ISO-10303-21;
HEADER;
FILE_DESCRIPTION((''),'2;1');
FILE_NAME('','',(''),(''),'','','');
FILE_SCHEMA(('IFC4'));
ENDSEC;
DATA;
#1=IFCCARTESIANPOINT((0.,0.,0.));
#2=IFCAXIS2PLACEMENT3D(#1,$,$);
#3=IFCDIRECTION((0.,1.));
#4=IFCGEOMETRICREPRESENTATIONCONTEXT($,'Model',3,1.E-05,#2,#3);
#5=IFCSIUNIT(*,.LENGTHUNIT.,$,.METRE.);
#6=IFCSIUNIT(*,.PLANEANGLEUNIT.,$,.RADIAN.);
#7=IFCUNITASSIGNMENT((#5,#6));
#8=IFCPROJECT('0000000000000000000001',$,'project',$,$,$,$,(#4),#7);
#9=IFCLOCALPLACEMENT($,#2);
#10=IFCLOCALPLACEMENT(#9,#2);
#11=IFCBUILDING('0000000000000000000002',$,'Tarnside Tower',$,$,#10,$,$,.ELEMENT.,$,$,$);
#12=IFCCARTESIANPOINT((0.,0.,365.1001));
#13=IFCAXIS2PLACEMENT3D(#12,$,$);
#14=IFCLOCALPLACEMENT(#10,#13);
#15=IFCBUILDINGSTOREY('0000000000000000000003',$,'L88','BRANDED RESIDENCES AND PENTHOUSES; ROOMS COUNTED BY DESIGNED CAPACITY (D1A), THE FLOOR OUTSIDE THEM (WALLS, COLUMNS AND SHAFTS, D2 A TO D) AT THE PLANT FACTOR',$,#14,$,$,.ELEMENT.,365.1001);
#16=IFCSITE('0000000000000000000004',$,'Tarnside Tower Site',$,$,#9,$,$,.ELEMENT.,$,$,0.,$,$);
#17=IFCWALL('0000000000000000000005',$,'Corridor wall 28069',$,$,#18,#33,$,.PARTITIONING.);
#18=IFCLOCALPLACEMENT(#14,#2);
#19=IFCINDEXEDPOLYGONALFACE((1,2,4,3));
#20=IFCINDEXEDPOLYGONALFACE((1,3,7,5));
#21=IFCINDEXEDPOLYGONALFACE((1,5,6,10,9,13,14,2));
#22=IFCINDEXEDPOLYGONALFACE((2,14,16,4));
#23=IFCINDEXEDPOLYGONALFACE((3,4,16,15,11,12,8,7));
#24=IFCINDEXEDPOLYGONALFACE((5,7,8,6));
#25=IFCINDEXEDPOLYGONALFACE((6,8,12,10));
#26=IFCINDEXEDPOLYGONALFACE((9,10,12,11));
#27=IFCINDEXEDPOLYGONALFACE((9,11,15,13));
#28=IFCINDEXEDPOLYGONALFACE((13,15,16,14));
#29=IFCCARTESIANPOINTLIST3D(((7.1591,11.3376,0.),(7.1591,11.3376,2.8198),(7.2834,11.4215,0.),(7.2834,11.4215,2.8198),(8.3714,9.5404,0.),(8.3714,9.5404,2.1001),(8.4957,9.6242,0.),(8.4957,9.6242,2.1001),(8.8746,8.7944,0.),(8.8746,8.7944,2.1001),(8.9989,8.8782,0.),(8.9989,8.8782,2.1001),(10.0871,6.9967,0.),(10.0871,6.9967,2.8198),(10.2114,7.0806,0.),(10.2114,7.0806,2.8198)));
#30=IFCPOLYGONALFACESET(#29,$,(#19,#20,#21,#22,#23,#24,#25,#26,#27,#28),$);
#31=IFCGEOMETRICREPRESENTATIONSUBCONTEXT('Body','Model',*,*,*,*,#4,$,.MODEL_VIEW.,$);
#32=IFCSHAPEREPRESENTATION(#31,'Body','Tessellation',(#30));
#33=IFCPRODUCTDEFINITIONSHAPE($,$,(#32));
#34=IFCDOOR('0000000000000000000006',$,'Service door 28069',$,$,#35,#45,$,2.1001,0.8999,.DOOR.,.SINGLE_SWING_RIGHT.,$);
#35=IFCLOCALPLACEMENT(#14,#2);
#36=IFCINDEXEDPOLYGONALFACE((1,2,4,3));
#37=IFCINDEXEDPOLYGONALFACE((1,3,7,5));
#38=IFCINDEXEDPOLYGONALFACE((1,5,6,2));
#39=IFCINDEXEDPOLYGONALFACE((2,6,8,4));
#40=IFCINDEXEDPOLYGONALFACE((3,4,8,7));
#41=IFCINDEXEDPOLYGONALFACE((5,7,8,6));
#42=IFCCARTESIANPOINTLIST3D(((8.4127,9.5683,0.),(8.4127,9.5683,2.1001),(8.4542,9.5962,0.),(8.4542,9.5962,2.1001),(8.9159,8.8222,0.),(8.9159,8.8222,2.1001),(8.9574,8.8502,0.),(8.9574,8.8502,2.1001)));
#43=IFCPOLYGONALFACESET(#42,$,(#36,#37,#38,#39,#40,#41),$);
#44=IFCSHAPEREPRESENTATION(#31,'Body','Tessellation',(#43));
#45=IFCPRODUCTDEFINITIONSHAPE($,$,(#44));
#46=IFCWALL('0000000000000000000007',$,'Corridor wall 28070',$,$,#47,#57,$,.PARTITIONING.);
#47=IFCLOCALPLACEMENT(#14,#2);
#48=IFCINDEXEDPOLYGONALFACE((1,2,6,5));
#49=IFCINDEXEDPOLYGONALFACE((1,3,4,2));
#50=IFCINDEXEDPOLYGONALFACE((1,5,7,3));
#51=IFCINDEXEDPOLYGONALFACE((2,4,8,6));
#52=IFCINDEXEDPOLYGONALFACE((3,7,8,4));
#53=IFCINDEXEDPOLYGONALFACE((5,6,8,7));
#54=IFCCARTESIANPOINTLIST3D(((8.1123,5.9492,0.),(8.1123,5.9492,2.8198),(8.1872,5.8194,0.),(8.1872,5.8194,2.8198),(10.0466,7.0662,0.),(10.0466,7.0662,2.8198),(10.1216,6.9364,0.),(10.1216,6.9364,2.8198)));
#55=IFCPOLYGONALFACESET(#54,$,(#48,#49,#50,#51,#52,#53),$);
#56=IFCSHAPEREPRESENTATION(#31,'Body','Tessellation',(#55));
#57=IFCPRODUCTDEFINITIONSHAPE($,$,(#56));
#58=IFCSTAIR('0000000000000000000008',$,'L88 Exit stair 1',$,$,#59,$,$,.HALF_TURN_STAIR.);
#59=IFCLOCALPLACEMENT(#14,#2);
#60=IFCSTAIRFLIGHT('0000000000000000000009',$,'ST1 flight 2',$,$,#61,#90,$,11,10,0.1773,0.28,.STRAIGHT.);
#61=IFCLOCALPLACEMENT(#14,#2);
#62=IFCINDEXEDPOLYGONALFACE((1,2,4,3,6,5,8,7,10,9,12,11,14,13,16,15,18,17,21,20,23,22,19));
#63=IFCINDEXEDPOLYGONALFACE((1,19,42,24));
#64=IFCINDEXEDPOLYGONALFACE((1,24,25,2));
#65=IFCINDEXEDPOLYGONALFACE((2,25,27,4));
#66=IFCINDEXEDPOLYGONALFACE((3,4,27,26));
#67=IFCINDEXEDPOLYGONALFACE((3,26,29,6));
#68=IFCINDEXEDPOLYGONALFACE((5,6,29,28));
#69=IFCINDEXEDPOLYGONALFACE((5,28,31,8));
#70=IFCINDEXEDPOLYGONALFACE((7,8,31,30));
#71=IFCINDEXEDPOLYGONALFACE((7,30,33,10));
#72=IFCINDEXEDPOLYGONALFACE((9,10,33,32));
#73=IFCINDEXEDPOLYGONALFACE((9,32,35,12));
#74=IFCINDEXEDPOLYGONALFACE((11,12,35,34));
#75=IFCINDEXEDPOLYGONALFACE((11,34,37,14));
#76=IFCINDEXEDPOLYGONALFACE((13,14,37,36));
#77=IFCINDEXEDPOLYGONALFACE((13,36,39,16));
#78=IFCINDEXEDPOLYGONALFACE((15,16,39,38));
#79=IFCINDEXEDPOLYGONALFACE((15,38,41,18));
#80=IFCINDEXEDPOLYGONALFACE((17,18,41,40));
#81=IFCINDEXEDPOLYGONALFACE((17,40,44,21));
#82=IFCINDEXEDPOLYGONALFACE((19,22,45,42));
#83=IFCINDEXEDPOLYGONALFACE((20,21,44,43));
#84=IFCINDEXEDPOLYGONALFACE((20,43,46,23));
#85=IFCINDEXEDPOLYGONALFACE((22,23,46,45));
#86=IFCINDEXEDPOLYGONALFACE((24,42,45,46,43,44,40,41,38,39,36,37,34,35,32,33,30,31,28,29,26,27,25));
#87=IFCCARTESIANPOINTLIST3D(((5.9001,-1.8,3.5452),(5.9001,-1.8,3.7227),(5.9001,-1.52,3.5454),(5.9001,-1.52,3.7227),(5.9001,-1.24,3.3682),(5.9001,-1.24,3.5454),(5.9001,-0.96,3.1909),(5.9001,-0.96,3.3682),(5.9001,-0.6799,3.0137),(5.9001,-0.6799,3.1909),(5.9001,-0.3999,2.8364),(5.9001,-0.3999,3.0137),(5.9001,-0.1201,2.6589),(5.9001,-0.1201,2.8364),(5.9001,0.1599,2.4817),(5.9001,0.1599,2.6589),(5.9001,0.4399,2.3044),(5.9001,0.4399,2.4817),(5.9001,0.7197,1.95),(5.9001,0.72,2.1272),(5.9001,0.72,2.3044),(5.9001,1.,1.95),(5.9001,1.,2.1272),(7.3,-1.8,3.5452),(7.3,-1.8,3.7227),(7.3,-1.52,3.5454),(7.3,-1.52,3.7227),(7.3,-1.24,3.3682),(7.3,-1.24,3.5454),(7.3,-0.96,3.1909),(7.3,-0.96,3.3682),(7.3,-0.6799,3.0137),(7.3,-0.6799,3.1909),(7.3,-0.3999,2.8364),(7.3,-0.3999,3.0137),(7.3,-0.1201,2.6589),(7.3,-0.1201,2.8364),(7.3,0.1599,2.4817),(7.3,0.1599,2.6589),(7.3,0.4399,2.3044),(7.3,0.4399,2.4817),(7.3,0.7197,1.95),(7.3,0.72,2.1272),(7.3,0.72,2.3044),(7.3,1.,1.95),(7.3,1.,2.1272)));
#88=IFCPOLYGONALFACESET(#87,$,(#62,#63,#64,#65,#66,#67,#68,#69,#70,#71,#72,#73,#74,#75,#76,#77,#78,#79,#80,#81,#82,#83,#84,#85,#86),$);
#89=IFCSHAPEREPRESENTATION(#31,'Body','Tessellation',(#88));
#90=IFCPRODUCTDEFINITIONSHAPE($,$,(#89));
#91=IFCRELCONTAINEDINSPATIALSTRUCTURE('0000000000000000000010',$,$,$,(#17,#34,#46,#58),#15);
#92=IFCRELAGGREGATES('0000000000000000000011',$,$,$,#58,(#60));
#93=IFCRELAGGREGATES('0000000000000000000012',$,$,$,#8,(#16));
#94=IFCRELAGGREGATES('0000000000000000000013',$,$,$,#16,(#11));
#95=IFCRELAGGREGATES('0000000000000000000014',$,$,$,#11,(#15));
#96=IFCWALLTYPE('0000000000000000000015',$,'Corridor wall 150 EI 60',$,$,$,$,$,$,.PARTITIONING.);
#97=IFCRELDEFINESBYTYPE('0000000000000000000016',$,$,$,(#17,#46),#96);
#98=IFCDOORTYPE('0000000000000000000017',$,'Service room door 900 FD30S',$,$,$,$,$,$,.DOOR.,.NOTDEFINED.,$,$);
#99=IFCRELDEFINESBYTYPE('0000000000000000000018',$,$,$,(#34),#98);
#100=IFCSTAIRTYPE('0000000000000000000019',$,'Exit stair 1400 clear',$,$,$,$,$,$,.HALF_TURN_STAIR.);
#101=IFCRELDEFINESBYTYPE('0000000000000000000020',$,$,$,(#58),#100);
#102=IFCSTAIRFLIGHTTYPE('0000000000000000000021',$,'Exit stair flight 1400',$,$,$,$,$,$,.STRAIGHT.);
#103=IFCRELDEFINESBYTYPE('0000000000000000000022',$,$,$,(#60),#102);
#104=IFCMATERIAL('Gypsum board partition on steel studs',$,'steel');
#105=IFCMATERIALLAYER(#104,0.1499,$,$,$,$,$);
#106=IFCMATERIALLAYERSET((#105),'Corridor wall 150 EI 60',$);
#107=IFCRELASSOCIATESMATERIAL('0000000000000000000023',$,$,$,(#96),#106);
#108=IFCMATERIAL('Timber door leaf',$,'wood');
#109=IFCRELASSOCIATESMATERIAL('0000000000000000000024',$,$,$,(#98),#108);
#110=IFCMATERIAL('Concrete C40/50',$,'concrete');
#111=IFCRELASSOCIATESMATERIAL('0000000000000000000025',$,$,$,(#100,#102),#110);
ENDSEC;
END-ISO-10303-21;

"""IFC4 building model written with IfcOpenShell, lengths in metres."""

from ifc_helpers import new_model, si_unit, direction, frame, frame_2d, origin, place, context, subcontext, project, spatial, polyline, rectangle, outline, extrude, material, layer, layer_set, type_object, element, fill, aggregate, save


model = new_model("IFC4")

# Units and contexts
model_context = context("Model", 3, precision=1e-05, world=origin(), true_north=direction((0.0, 1.0)))
body_context = subcontext(model_context, "Body", "Model", "MODEL_VIEW")
ifc_project = project(units=[si_unit("LENGTHUNIT", "METRE"), si_unit("PLANEANGLEUNIT", "RADIAN")], contexts=[model_context])

# Site, building, storey
site_placement = place(None, origin())
site = spatial("IfcSite", under=ifc_project, at=site_placement, Name="Tarnside Tower Site", CompositionType="ELEMENT", RefElevation=0.0)
building_placement = place(site_placement, origin())
building = spatial("IfcBuilding", under=site, at=building_placement, Name="Tarnside Tower", CompositionType="ELEMENT")
storey_placement = place(building_placement, frame((0.0, 0.0, 365.1001)))
storey = spatial("IfcBuildingStorey", under=building, at=storey_placement, Name="L88", Description="BRANDED RESIDENCES AND PENTHOUSES; ROOMS COUNTED BY DESIGNED CAPACITY (D1A), THE FLOOR OUTSIDE THEM (WALLS, COLUMNS AND SHAFTS, D2 A TO D) AT THE PLANT FACTOR", CompositionType="ELEMENT", Elevation=365.1001)

# Shared definitions
ifc_material_1 = material(Name="Gypsum board partition on steel studs", Category="steel")
ifc_layer_1 = layer(ifc_material_1, 0.1499)
ifc_layer_set_1 = layer_set([ifc_layer_1], Name="Corridor wall 150 EI 60")
wall_type_1 = type_object("IfcWallType", Name="Corridor wall 150 EI 60", PredefinedType="PARTITIONING", material=ifc_layer_set_1)

# Wall, opening, door
ifc_material_2 = material(Name="Timber door leaf", Category="wood")
door_type_1 = type_object("IfcDoorType", Name="Service room door 900 FD30S", OperationType="NOTDEFINED", PredefinedType="DOOR", material=ifc_material_2)
wall_1_placement = place(storey_placement, frame((7.2212, 11.3796, 0.0), z_axis=(0.0, 0.0, 1.0), x_axis=(0.559201, -0.829032, 0.0)))
wall_1 = element("IfcWall", 1, at=wall_1_placement, inside=storey, type_object=wall_type_1, Name="Corridor wall 28069", PredefinedType="PARTITIONING", context=body_context, shape_type="SweptSolid", body=[
    extrude(rectangle(XDim=5.2361, YDim=0.1499, at=frame_2d((2.6182, 0.0))), origin(), (0.0, 0.0, 1.0), 2.8198),
])
opening_1_placement = place(wall_1_placement, frame((2.168, 0.0, 0.0)))
opening_1 = element("IfcOpeningElement", 2, at=opening_1_placement, cuts=wall_1, PredefinedType="OPENING", context=body_context, shape_type="SweptSolid", body=[
    extrude(rectangle(XDim=0.8999, YDim=2.1001, at=frame_2d((0.45, 1.05))), frame((0.0, 0.085, 0.0), z_axis=(0.0, -1.0, 0.0), x_axis=(1.0, 0.0, 0.0)), (0.0, 0.0, 1.0), 0.1699),
])
door_1_placement = place(opening_1_placement, origin())
door_1 = element("IfcDoor", 3, at=door_1_placement, inside=storey, type_object=door_type_1, Name="Service door 28069", OperationType="SINGLE_SWING_RIGHT", OverallHeight=2.1001, OverallWidth=0.8999, PredefinedType="DOOR", context=body_context, shape_type="SweptSolid", body=[
    extrude(rectangle(XDim=0.8999, YDim=2.1001, at=frame_2d((0.45, 1.05))), frame((0.0, 0.0249, 0.0), z_axis=(0.0, -1.0, 0.0), x_axis=(1.0, 0.0, 0.0)), (0.0, 0.0, 1.0), 0.05),
])
fill(opening_1, door_1)

# Wall
wall_2_placement = place(storey_placement, frame((10.084, 7.0012, 0.0), z_axis=(0.0, 0.0, 1.0), x_axis=(-0.865994, -0.500054, 0.0)))
element("IfcWall", 4, at=wall_2_placement, inside=storey, type_object=wall_type_1, Name="Corridor wall 28070", PredefinedType="PARTITIONING", context=body_context, shape_type="SweptSolid", body=[
    extrude(rectangle(XDim=2.2336, YDim=0.1499, at=frame_2d((1.1167, 0.0))), origin(), (0.0, 0.0, 1.0), 2.8198),
])

# Stair, stair flight
ifc_material_3 = material(Name="Concrete C40/50", Category="concrete")
stair_type = type_object("IfcStairType", Name="Exit stair 1400 clear", PredefinedType="HALF_TURN_STAIR", material=ifc_material_3)
stair_placement = place(storey_placement, origin())
stair = element("IfcStair", 5, at=stair_placement, inside=storey, type_object=stair_type, Name="L88 Exit stair 1", PredefinedType="HALF_TURN_STAIR")
stair_flight_type = type_object("IfcStairFlightType", Name="Exit stair flight 1400", PredefinedType="STRAIGHT", material=ifc_material_3)
stair_flight_placement = place(storey_placement, frame((6.6001, 1.0, 1.95), z_axis=(0.0, 0.0, 1.0), x_axis=(0.0, -1.0, 0.0)))
stair_flight = element("IfcStairFlight", 6, at=stair_flight_placement, type_object=stair_flight_type, Name="ST1 flight 2", NumberOfRisers=11, NumberOfTreads=10, PredefinedType="STRAIGHT", RiserHeight=0.1773, TreadLength=0.28, context=body_context, shape_type="SweptSolid", body=[
    extrude(outline(polyline([(0.0, 0.0), (0.0, 0.1772), (0.28, 0.1772), (0.28, 0.3545), (0.5601, 0.3545), (0.5601, 0.5317), (0.8401, 0.5317), (0.8401, 0.709), (1.1201, 0.709), (1.1201, 0.8865), (1.3999, 0.8865), (1.3999, 1.0637), (1.6799, 1.0637), (1.6799, 1.241), (1.96, 1.241), (1.96, 1.4182), (2.24, 1.4182), (2.24, 1.5955), (2.52, 1.5955), (2.52, 1.7727), (2.8, 1.7727), (2.8, 1.95), (2.8, 1.5952), (0.2803, 0.0), (0.0, 0.0)])), frame((0.0, 0.7, 0.0), z_axis=(0.0, -1.0, 0.0), x_axis=(1.0, 0.0, 0.0)), (0.0, 0.0, 1.0), 1.3999),
])
aggregate(stair, [stair_flight])

save(model, "model.ifc")
